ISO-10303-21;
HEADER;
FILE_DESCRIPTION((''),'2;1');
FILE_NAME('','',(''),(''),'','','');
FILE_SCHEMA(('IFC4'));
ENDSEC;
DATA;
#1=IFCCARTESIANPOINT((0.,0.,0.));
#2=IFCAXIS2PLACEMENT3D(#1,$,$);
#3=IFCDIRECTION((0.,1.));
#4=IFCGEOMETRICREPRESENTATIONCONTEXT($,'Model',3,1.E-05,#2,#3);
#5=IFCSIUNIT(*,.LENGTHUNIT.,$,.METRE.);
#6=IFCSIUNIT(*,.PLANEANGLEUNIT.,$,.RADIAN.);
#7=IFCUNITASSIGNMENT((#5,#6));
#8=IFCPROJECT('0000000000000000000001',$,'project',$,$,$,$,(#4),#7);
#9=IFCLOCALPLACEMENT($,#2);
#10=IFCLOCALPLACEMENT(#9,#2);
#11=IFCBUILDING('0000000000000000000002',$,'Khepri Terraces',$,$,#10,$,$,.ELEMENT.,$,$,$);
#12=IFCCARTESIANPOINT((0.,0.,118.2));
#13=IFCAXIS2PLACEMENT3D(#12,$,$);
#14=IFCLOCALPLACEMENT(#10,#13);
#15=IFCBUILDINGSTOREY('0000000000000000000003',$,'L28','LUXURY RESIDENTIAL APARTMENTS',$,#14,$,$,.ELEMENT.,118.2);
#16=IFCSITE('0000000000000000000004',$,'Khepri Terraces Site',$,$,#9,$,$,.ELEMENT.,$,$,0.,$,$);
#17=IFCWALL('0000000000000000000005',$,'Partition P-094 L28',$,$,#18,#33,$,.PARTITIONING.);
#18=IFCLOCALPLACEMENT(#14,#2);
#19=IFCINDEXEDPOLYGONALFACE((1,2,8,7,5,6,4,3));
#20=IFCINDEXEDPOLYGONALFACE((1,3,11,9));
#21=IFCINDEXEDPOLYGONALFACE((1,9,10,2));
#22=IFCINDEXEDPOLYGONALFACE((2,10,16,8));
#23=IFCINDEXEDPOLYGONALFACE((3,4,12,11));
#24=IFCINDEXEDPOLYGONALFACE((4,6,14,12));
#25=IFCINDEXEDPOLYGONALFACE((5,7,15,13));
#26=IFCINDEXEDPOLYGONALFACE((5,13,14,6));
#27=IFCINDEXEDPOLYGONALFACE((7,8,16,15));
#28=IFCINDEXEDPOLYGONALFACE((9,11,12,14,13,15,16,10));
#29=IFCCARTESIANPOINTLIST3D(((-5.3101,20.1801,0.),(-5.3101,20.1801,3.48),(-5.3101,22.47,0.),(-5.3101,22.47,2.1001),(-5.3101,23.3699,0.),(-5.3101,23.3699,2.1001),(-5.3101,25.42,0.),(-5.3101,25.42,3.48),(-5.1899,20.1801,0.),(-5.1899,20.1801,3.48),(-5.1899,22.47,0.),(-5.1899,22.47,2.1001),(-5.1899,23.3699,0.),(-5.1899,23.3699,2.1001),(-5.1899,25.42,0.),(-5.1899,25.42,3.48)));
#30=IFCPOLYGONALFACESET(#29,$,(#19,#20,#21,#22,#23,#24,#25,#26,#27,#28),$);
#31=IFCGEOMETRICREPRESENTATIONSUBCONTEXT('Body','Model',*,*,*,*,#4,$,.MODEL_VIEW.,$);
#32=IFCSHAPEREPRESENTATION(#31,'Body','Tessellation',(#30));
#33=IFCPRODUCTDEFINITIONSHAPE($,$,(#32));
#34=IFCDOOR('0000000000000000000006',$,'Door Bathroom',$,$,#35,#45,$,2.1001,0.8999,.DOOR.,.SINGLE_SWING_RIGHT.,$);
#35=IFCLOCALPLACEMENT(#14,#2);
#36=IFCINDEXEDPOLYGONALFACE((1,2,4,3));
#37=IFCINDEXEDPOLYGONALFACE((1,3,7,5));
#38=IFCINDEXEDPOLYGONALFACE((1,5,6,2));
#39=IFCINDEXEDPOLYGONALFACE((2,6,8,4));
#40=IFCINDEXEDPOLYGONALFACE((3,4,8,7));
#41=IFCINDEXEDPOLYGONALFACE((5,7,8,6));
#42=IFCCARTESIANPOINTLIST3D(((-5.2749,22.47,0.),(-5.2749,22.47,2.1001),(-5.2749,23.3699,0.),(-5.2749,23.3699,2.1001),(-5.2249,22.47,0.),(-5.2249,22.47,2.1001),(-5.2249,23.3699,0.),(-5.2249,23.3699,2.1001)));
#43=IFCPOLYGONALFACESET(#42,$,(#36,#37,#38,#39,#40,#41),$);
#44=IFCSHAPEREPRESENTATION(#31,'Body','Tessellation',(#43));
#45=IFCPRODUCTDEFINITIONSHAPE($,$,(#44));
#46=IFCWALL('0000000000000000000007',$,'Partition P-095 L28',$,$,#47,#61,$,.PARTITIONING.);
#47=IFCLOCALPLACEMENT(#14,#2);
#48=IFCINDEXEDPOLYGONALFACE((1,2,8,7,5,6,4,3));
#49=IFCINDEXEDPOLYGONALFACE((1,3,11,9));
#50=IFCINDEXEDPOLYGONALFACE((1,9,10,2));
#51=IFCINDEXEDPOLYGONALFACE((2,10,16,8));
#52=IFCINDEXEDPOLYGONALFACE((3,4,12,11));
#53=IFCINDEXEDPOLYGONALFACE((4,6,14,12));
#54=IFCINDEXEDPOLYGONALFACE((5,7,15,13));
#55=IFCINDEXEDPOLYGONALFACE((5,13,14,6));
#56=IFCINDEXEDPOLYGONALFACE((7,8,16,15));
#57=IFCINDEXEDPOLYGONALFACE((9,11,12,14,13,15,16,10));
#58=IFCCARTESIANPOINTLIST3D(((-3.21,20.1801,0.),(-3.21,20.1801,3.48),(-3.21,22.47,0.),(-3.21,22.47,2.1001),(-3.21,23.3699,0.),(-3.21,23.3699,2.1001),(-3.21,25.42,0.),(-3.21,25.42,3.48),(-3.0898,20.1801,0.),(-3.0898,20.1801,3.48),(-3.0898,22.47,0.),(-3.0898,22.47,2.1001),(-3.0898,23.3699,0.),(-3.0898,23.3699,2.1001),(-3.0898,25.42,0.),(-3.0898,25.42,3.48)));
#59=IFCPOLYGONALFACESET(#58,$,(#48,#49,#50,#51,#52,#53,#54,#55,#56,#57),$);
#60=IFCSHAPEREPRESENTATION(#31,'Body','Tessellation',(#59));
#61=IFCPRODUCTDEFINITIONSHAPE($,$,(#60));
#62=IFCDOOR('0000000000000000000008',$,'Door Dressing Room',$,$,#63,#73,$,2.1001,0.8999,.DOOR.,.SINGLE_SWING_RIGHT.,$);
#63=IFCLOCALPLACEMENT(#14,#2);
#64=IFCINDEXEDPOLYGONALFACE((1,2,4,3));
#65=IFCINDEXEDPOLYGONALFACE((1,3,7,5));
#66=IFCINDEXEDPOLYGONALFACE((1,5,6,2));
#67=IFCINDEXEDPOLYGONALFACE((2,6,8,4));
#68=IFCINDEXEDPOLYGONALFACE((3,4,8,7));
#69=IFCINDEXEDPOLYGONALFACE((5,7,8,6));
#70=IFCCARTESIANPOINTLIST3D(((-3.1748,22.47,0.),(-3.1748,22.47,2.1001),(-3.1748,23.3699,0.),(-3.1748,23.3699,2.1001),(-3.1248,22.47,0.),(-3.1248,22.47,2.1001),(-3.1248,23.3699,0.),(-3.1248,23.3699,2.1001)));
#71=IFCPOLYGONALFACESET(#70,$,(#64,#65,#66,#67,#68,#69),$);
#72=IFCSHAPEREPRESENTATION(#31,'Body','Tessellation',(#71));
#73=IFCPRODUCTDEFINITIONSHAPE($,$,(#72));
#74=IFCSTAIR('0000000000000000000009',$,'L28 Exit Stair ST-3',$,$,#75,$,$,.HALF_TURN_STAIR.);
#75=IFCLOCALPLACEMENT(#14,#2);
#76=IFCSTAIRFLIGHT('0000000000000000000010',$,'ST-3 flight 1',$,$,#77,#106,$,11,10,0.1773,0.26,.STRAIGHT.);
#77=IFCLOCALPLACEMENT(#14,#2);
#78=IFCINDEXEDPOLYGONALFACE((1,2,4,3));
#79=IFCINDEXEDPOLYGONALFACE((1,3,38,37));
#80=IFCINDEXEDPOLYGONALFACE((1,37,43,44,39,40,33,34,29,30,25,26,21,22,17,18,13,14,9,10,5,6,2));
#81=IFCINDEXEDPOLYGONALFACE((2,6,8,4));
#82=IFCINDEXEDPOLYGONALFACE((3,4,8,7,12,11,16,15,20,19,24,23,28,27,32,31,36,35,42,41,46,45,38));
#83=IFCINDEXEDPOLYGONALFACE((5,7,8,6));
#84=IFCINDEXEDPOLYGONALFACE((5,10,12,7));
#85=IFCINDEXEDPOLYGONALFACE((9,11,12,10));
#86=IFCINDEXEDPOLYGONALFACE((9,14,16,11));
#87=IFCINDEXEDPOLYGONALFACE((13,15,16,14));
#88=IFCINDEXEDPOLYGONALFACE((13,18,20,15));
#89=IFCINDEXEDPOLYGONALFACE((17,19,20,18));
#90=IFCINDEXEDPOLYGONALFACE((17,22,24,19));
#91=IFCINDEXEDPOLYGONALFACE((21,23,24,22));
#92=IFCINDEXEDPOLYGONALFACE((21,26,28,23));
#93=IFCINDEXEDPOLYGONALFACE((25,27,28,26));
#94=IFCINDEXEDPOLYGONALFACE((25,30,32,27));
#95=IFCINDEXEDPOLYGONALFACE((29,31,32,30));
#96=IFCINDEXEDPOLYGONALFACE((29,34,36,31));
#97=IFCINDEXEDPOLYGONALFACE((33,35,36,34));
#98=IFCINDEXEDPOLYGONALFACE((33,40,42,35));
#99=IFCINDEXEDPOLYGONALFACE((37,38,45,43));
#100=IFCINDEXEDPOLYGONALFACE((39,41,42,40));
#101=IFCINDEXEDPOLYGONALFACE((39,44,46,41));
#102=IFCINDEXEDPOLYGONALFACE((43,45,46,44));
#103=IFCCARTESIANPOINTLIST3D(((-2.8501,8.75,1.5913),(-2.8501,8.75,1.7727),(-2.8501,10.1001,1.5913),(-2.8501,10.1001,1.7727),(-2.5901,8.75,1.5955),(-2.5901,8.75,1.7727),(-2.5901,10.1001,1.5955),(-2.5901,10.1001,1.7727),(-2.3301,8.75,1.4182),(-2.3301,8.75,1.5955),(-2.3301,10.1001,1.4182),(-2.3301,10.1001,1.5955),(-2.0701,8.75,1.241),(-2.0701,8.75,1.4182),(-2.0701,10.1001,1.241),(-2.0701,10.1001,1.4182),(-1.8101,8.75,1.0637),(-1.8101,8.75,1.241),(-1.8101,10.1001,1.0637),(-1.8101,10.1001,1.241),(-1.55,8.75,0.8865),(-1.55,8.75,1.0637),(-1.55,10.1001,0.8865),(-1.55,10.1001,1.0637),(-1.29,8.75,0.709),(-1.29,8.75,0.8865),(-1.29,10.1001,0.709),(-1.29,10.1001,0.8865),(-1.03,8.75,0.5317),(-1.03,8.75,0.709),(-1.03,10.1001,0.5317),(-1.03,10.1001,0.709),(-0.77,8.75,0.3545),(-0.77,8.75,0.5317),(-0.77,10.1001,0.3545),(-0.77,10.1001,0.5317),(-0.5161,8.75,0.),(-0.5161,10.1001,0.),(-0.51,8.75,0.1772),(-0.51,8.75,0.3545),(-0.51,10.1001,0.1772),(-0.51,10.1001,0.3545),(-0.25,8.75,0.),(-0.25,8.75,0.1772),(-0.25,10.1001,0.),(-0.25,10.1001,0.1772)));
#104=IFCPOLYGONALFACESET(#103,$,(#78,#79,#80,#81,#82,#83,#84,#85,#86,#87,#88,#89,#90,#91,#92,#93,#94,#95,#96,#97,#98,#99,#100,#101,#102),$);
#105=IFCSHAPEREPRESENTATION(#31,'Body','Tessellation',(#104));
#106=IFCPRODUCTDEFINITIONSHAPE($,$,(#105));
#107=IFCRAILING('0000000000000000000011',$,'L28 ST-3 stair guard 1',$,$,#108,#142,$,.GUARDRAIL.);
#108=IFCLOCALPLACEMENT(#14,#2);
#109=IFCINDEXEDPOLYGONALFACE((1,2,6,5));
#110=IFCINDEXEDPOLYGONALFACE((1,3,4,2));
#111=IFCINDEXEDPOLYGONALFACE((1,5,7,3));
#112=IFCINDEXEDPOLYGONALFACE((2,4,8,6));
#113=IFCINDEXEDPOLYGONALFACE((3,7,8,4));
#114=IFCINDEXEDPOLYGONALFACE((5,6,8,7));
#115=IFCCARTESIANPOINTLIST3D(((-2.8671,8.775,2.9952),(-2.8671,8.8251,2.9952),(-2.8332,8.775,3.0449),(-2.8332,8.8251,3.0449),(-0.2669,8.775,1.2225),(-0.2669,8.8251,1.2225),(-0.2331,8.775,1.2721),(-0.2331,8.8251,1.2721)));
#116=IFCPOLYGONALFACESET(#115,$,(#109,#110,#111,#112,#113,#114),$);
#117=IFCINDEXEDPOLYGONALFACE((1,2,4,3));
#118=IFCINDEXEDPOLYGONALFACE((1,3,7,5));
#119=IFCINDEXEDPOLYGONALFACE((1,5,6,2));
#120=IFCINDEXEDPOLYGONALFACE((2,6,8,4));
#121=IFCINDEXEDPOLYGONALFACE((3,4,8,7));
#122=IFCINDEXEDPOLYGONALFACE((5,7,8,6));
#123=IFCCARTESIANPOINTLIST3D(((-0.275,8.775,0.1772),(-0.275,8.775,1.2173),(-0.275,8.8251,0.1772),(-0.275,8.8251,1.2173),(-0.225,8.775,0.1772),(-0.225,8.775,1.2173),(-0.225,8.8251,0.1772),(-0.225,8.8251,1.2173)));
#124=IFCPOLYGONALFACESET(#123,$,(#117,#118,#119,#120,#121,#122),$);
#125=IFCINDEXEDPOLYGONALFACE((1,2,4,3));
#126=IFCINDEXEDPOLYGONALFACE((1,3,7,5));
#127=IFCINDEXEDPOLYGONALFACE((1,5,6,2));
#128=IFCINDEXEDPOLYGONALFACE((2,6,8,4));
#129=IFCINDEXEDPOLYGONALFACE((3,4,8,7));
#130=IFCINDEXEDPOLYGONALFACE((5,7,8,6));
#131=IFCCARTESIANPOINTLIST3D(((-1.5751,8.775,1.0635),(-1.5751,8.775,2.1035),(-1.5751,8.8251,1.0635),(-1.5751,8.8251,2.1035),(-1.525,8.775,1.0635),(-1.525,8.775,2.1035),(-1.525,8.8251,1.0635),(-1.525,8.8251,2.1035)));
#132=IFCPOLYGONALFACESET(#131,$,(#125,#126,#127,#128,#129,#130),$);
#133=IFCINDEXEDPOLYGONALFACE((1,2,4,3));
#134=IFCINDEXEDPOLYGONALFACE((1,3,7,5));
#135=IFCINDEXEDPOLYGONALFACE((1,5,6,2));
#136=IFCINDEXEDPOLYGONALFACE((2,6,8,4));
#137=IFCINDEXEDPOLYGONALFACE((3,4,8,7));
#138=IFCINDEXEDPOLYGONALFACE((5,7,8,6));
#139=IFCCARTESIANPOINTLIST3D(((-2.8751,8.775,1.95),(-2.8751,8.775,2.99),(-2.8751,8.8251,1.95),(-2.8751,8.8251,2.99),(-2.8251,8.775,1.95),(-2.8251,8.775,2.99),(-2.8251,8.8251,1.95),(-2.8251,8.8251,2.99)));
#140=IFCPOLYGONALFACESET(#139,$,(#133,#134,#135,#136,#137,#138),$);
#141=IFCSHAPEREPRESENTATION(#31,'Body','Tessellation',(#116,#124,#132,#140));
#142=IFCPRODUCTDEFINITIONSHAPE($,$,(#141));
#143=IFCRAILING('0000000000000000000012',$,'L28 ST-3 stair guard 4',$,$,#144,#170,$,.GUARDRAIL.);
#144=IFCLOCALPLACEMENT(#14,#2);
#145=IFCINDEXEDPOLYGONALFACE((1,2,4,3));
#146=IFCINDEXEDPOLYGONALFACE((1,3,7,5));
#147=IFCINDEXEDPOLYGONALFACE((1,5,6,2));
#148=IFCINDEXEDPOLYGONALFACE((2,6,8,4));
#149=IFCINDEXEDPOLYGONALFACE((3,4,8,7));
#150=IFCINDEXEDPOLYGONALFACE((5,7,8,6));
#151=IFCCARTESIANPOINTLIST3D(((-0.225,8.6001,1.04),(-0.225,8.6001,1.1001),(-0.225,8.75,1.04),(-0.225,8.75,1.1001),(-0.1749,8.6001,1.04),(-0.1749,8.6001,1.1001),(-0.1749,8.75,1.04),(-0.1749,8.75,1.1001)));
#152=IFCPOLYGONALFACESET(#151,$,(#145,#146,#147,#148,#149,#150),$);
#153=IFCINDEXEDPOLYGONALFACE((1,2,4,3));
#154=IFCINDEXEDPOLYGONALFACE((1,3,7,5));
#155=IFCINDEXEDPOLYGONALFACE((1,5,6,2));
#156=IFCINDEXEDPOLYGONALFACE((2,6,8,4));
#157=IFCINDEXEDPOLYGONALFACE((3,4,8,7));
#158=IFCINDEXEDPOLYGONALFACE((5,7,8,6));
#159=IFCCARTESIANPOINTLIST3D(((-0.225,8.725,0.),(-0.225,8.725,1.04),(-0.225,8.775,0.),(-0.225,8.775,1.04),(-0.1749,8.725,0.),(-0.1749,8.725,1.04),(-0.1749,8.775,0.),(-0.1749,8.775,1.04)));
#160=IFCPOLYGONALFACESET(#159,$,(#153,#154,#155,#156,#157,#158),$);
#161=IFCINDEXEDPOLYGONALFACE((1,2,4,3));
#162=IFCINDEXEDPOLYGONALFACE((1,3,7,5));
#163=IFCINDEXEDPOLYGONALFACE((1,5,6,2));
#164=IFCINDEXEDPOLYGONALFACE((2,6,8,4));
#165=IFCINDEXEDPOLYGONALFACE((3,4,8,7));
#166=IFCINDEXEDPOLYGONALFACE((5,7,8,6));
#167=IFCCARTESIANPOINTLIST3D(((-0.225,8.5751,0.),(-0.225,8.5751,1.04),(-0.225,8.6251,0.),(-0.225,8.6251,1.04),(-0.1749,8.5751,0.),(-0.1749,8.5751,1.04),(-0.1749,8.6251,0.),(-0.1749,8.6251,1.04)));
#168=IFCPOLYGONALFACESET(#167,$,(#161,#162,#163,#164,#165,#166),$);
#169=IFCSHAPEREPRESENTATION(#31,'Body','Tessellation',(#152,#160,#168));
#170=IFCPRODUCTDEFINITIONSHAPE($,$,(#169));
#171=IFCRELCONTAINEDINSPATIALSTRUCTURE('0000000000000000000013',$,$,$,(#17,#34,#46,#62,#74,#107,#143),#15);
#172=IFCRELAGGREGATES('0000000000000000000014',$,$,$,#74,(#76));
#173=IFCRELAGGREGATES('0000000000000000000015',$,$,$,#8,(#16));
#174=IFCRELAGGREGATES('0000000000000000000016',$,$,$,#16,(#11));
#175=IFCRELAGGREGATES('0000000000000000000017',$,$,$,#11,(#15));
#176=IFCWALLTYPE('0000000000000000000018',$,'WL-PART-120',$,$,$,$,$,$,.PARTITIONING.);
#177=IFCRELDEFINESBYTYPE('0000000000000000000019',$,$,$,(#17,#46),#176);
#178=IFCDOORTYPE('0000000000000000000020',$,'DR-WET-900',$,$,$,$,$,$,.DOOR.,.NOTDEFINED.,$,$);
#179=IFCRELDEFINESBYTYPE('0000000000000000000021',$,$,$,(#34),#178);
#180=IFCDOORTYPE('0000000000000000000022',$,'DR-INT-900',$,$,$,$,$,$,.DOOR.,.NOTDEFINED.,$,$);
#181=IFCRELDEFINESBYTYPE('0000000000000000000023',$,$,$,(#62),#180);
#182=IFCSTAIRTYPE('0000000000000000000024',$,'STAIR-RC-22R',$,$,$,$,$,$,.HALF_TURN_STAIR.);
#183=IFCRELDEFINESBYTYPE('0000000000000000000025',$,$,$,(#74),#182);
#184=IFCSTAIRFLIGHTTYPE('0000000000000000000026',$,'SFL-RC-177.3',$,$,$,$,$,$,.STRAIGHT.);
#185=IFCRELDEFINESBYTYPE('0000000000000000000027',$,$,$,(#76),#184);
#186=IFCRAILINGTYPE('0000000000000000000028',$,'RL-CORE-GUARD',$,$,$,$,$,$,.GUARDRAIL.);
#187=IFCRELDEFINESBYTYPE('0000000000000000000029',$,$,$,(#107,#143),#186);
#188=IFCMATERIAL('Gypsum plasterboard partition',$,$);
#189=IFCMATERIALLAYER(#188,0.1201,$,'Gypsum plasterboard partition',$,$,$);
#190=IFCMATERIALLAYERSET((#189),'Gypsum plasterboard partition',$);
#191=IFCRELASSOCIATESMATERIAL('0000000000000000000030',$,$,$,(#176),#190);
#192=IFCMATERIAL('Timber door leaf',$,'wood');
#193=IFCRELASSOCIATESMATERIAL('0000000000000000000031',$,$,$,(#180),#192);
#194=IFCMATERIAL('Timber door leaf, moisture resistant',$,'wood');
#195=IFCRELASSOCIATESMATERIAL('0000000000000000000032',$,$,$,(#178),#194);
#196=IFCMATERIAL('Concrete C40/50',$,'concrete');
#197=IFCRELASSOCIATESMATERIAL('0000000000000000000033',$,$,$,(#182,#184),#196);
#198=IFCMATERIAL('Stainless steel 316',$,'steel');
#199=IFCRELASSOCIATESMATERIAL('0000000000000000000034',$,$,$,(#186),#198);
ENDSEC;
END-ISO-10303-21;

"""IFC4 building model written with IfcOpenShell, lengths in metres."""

from ifc_helpers import new_model, si_unit, direction, frame, frame_2d, origin, origin_2d, place, context, subcontext, project, spatial, polyline, rectangle, outline, extrude, material, layer, layer_set, type_object, element, fill, aggregate, save


model = new_model("IFC4")

# Units and contexts
model_context = context("Model", 3, precision=1e-05, world=origin(), true_north=direction((0.0, 1.0)))
body_context = subcontext(model_context, "Body", "Model", "MODEL_VIEW")
ifc_project = project(units=[si_unit("LENGTHUNIT", "METRE"), si_unit("PLANEANGLEUNIT", "RADIAN")], contexts=[model_context])

# Site, building, storey
site_placement = place(None, origin())
site = spatial("IfcSite", under=ifc_project, at=site_placement, Name="Khepri Terraces Site", CompositionType="ELEMENT", RefElevation=0.0)
building_placement = place(site_placement, origin())
building = spatial("IfcBuilding", under=site, at=building_placement, Name="Khepri Terraces", CompositionType="ELEMENT")
storey_placement = place(building_placement, frame((0.0, 0.0, 118.2)))
storey = spatial("IfcBuildingStorey", under=building, at=storey_placement, Name="L28", Description="LUXURY RESIDENTIAL APARTMENTS", CompositionType="ELEMENT", Elevation=118.2)

# Shared definitions
ifc_material_1 = material(Name="Gypsum plasterboard partition")
ifc_layer_1 = layer(ifc_material_1, 0.1201, Name="Gypsum plasterboard partition")
ifc_layer_set_1 = layer_set([ifc_layer_1], Name="Gypsum plasterboard partition")
wall_type_1 = type_object("IfcWallType", Name="WL-PART-120", PredefinedType="PARTITIONING", material=ifc_layer_set_1)

# Shared definitions
ifc_material_2 = material(Name="Timber door leaf", Category="wood")
door_type_1 = type_object("IfcDoorType", Name="DR-INT-900", OperationType="NOTDEFINED", PredefinedType="DOOR", material=ifc_material_2)

# Walls, openings, doors
wall_1_placement = place(storey_placement, frame((-5.25, 20.1799, 0.0), z_axis=(0.0, 0.0, 1.0), x_axis=(0.0, 1.0, 0.0)))
wall_1 = element("IfcWall", 1, at=wall_1_placement, inside=storey, type_object=wall_type_1, Name="Partition P-094 L28", PredefinedType="PARTITIONING", context=body_context, shape_type="SweptSolid", body=[
    extrude(rectangle(XDim=5.24, YDim=0.1201, at=frame_2d((2.6201, 0.0))), origin(), (0.0, 0.0, 1.0), 3.48),
])
opening_1_placement = place(wall_1_placement, frame((2.29, 0.0, 0.0)))
opening_1 = element("IfcOpeningElement", 2, at=opening_1_placement, cuts=wall_1, PredefinedType="OPENING", context=body_context, shape_type="SweptSolid", body=[
    extrude(rectangle(XDim=0.8999, YDim=2.1001, at=frame_2d((0.45, 1.05))), frame((0.0, 0.0701, 0.0), z_axis=(0.0, -1.0, 0.0), x_axis=(1.0, 0.0, 0.0)), (0.0, 0.0, 1.0), 0.1401),
])
ifc_material_3 = material(Name="Timber door leaf, moisture resistant", Category="wood")
door_type_2 = type_object("IfcDoorType", Name="DR-WET-900", OperationType="NOTDEFINED", PredefinedType="DOOR", material=ifc_material_3)
door_1_placement = place(opening_1_placement, origin())
door_1 = element("IfcDoor", 3, at=door_1_placement, inside=storey, type_object=door_type_2, Name="Door Bathroom", OperationType="SINGLE_SWING_RIGHT", OverallHeight=2.1001, OverallWidth=0.8999, PredefinedType="DOOR", context=body_context, shape_type="SweptSolid", body=[
    extrude(rectangle(XDim=0.8999, YDim=2.1001, at=frame_2d((0.45, 1.05))), frame((0.0, 0.0249, 0.0), z_axis=(0.0, -1.0, 0.0), x_axis=(1.0, 0.0, 0.0)), (0.0, 0.0, 1.0), 0.05),
])
fill(opening_1, door_1)
wall_2_placement = place(storey_placement, frame((-3.1499, 20.1799, 0.0), z_axis=(0.0, 0.0, 1.0), x_axis=(0.0, 1.0, 0.0)))
wall_2 = element("IfcWall", 4, at=wall_2_placement, inside=storey, type_object=wall_type_1, Name="Partition P-095 L28", PredefinedType="PARTITIONING", context=body_context, shape_type="SweptSolid", body=[
    extrude(rectangle(XDim=5.24, YDim=0.1201, at=frame_2d((2.6201, 0.0))), origin(), (0.0, 0.0, 1.0), 3.48),
])
opening_2_placement = place(wall_2_placement, frame((2.29, 0.0, 0.0)))
opening_2 = element("IfcOpeningElement", 5, at=opening_2_placement, cuts=wall_2, PredefinedType="OPENING", context=body_context, shape_type="SweptSolid", body=[
    extrude(rectangle(XDim=0.8999, YDim=2.1001, at=frame_2d((0.45, 1.05))), frame((0.0, 0.0701, 0.0), z_axis=(0.0, -1.0, 0.0), x_axis=(1.0, 0.0, 0.0)), (0.0, 0.0, 1.0), 0.1401),
])
door_2_placement = place(opening_2_placement, origin())
door_2 = element("IfcDoor", 6, at=door_2_placement, inside=storey, type_object=door_type_1, Name="Door Dressing Room", OperationType="SINGLE_SWING_RIGHT", OverallHeight=2.1001, OverallWidth=0.8999, PredefinedType="DOOR", context=body_context, shape_type="SweptSolid", body=[
    extrude(rectangle(XDim=0.8999, YDim=2.1001, at=frame_2d((0.45, 1.05))), frame((0.0, 0.0249, 0.0), z_axis=(0.0, -1.0, 0.0), x_axis=(1.0, 0.0, 0.0)), (0.0, 0.0, 1.0), 0.05),
])
fill(opening_2, door_2)

# Stair, stair flight
ifc_material_4 = material(Name="Concrete C40/50", Category="concrete")
stair_type = type_object("IfcStairType", Name="STAIR-RC-22R", PredefinedType="HALF_TURN_STAIR", material=ifc_material_4)
stair_placement = place(storey_placement, origin())
stair = element("IfcStair", 7, at=stair_placement, inside=storey, type_object=stair_type, Name="L28 Exit Stair ST-3", PredefinedType="HALF_TURN_STAIR")
stair_flight_type = type_object("IfcStairFlightType", Name="SFL-RC-177.3", PredefinedType="STRAIGHT", material=ifc_material_4)
stair_flight_placement = place(storey_placement, frame((-0.25, 9.425, 0.0), z_axis=(0.0, 0.0, 1.0), x_axis=(-1.0, 0.0, 0.0)))
stair_flight = element("IfcStairFlight", 8, at=stair_flight_placement, type_object=stair_flight_type, Name="ST-3 flight 1", NumberOfRisers=11, NumberOfTreads=10, PredefinedType="STRAIGHT", RiserHeight=0.1773, TreadLength=0.26, context=body_context, shape_type="SweptSolid", body=[
    extrude(outline(polyline([(0.0, 0.0), (0.0, 0.1772), (0.26, 0.1772), (0.26, 0.3545), (0.52, 0.3545), (0.52, 0.5317), (0.78, 0.5317), (0.78, 0.709), (1.04, 0.709), (1.04, 0.8865), (1.3, 0.8865), (1.3, 1.0637), (1.5601, 1.0637), (1.5601, 1.241), (1.8201, 1.241), (1.8201, 1.4182), (2.0801, 1.4182), (2.0801, 1.5955), (2.3401, 1.5955), (2.3401, 1.7727), (2.6001, 1.7727), (2.6001, 1.95), (2.6001, 1.5913), (0.2661, 0.0), (0.0, 0.0)])), frame((0.0, 0.675, 0.0), z_axis=(0.0, -1.0, 0.0), x_axis=(1.0, 0.0, 0.0)), (0.0, 0.0, 1.0), 1.3501),
])
aggregate(stair, [stair_flight])

# Railings
ifc_material_5 = material(Name="Stainless steel 316", Category="steel")
railing_type_1 = type_object("IfcRailingType", Name="RL-CORE-GUARD", PredefinedType="GUARDRAIL", material=ifc_material_5)
railing_1_placement = place(storey_placement, frame((-0.25, 8.8, 0.1772)))
element("IfcRailing", 9, at=railing_1_placement, inside=storey, type_object=railing_type_1, Name="L28 ST-3 stair guard 1", PredefinedType="GUARDRAIL", context=body_context, shape_type="SweptSolid", body=[
    extrude(rectangle(XDim=0.05, YDim=0.0601, at=origin_2d()), frame((0.0, 0.0, 1.0701), z_axis=(-0.82624, 0.0, 0.563318), x_axis=(0.0, -1.0, 0.0)), (0.0, 0.0, 1.0), 3.147),
    extrude(rectangle(XDim=0.05, YDim=0.05, at=origin_2d()), origin(), (0.0, 0.0, 1.0), 1.04),
    extrude(rectangle(XDim=0.05, YDim=0.05, at=origin_2d()), frame((-1.3, 0.0, 0.8862)), (0.0, 0.0, 1.0), 1.04),
    extrude(rectangle(XDim=0.05, YDim=0.05, at=origin_2d()), frame((-2.6001, 0.0, 1.7727)), (0.0, 0.0, 1.0), 1.04),
])
railing_2_placement = place(storey_placement, frame((-0.2, 8.75, 0.0)))
element("IfcRailing", 10, at=railing_2_placement, inside=storey, type_object=railing_type_1, Name="L28 ST-3 stair guard 4", PredefinedType="GUARDRAIL", context=body_context, shape_type="SweptSolid", body=[
    extrude(rectangle(XDim=0.05, YDim=0.0601, at=origin_2d()), frame((0.0, 0.0, 1.0701), z_axis=(0.0, -1.0, 0.0), x_axis=(1.0, 0.0, 0.0)), (0.0, 0.0, 1.0), 0.1499),
    extrude(rectangle(XDim=0.05, YDim=0.05, at=origin_2d()), origin(), (0.0, 0.0, 1.0), 1.04),
    extrude(rectangle(XDim=0.05, YDim=0.05, at=origin_2d()), frame((0.0, -0.1499, 0.0)), (0.0, 0.0, 1.0), 1.04),
])

save(model, "model.ifc")
